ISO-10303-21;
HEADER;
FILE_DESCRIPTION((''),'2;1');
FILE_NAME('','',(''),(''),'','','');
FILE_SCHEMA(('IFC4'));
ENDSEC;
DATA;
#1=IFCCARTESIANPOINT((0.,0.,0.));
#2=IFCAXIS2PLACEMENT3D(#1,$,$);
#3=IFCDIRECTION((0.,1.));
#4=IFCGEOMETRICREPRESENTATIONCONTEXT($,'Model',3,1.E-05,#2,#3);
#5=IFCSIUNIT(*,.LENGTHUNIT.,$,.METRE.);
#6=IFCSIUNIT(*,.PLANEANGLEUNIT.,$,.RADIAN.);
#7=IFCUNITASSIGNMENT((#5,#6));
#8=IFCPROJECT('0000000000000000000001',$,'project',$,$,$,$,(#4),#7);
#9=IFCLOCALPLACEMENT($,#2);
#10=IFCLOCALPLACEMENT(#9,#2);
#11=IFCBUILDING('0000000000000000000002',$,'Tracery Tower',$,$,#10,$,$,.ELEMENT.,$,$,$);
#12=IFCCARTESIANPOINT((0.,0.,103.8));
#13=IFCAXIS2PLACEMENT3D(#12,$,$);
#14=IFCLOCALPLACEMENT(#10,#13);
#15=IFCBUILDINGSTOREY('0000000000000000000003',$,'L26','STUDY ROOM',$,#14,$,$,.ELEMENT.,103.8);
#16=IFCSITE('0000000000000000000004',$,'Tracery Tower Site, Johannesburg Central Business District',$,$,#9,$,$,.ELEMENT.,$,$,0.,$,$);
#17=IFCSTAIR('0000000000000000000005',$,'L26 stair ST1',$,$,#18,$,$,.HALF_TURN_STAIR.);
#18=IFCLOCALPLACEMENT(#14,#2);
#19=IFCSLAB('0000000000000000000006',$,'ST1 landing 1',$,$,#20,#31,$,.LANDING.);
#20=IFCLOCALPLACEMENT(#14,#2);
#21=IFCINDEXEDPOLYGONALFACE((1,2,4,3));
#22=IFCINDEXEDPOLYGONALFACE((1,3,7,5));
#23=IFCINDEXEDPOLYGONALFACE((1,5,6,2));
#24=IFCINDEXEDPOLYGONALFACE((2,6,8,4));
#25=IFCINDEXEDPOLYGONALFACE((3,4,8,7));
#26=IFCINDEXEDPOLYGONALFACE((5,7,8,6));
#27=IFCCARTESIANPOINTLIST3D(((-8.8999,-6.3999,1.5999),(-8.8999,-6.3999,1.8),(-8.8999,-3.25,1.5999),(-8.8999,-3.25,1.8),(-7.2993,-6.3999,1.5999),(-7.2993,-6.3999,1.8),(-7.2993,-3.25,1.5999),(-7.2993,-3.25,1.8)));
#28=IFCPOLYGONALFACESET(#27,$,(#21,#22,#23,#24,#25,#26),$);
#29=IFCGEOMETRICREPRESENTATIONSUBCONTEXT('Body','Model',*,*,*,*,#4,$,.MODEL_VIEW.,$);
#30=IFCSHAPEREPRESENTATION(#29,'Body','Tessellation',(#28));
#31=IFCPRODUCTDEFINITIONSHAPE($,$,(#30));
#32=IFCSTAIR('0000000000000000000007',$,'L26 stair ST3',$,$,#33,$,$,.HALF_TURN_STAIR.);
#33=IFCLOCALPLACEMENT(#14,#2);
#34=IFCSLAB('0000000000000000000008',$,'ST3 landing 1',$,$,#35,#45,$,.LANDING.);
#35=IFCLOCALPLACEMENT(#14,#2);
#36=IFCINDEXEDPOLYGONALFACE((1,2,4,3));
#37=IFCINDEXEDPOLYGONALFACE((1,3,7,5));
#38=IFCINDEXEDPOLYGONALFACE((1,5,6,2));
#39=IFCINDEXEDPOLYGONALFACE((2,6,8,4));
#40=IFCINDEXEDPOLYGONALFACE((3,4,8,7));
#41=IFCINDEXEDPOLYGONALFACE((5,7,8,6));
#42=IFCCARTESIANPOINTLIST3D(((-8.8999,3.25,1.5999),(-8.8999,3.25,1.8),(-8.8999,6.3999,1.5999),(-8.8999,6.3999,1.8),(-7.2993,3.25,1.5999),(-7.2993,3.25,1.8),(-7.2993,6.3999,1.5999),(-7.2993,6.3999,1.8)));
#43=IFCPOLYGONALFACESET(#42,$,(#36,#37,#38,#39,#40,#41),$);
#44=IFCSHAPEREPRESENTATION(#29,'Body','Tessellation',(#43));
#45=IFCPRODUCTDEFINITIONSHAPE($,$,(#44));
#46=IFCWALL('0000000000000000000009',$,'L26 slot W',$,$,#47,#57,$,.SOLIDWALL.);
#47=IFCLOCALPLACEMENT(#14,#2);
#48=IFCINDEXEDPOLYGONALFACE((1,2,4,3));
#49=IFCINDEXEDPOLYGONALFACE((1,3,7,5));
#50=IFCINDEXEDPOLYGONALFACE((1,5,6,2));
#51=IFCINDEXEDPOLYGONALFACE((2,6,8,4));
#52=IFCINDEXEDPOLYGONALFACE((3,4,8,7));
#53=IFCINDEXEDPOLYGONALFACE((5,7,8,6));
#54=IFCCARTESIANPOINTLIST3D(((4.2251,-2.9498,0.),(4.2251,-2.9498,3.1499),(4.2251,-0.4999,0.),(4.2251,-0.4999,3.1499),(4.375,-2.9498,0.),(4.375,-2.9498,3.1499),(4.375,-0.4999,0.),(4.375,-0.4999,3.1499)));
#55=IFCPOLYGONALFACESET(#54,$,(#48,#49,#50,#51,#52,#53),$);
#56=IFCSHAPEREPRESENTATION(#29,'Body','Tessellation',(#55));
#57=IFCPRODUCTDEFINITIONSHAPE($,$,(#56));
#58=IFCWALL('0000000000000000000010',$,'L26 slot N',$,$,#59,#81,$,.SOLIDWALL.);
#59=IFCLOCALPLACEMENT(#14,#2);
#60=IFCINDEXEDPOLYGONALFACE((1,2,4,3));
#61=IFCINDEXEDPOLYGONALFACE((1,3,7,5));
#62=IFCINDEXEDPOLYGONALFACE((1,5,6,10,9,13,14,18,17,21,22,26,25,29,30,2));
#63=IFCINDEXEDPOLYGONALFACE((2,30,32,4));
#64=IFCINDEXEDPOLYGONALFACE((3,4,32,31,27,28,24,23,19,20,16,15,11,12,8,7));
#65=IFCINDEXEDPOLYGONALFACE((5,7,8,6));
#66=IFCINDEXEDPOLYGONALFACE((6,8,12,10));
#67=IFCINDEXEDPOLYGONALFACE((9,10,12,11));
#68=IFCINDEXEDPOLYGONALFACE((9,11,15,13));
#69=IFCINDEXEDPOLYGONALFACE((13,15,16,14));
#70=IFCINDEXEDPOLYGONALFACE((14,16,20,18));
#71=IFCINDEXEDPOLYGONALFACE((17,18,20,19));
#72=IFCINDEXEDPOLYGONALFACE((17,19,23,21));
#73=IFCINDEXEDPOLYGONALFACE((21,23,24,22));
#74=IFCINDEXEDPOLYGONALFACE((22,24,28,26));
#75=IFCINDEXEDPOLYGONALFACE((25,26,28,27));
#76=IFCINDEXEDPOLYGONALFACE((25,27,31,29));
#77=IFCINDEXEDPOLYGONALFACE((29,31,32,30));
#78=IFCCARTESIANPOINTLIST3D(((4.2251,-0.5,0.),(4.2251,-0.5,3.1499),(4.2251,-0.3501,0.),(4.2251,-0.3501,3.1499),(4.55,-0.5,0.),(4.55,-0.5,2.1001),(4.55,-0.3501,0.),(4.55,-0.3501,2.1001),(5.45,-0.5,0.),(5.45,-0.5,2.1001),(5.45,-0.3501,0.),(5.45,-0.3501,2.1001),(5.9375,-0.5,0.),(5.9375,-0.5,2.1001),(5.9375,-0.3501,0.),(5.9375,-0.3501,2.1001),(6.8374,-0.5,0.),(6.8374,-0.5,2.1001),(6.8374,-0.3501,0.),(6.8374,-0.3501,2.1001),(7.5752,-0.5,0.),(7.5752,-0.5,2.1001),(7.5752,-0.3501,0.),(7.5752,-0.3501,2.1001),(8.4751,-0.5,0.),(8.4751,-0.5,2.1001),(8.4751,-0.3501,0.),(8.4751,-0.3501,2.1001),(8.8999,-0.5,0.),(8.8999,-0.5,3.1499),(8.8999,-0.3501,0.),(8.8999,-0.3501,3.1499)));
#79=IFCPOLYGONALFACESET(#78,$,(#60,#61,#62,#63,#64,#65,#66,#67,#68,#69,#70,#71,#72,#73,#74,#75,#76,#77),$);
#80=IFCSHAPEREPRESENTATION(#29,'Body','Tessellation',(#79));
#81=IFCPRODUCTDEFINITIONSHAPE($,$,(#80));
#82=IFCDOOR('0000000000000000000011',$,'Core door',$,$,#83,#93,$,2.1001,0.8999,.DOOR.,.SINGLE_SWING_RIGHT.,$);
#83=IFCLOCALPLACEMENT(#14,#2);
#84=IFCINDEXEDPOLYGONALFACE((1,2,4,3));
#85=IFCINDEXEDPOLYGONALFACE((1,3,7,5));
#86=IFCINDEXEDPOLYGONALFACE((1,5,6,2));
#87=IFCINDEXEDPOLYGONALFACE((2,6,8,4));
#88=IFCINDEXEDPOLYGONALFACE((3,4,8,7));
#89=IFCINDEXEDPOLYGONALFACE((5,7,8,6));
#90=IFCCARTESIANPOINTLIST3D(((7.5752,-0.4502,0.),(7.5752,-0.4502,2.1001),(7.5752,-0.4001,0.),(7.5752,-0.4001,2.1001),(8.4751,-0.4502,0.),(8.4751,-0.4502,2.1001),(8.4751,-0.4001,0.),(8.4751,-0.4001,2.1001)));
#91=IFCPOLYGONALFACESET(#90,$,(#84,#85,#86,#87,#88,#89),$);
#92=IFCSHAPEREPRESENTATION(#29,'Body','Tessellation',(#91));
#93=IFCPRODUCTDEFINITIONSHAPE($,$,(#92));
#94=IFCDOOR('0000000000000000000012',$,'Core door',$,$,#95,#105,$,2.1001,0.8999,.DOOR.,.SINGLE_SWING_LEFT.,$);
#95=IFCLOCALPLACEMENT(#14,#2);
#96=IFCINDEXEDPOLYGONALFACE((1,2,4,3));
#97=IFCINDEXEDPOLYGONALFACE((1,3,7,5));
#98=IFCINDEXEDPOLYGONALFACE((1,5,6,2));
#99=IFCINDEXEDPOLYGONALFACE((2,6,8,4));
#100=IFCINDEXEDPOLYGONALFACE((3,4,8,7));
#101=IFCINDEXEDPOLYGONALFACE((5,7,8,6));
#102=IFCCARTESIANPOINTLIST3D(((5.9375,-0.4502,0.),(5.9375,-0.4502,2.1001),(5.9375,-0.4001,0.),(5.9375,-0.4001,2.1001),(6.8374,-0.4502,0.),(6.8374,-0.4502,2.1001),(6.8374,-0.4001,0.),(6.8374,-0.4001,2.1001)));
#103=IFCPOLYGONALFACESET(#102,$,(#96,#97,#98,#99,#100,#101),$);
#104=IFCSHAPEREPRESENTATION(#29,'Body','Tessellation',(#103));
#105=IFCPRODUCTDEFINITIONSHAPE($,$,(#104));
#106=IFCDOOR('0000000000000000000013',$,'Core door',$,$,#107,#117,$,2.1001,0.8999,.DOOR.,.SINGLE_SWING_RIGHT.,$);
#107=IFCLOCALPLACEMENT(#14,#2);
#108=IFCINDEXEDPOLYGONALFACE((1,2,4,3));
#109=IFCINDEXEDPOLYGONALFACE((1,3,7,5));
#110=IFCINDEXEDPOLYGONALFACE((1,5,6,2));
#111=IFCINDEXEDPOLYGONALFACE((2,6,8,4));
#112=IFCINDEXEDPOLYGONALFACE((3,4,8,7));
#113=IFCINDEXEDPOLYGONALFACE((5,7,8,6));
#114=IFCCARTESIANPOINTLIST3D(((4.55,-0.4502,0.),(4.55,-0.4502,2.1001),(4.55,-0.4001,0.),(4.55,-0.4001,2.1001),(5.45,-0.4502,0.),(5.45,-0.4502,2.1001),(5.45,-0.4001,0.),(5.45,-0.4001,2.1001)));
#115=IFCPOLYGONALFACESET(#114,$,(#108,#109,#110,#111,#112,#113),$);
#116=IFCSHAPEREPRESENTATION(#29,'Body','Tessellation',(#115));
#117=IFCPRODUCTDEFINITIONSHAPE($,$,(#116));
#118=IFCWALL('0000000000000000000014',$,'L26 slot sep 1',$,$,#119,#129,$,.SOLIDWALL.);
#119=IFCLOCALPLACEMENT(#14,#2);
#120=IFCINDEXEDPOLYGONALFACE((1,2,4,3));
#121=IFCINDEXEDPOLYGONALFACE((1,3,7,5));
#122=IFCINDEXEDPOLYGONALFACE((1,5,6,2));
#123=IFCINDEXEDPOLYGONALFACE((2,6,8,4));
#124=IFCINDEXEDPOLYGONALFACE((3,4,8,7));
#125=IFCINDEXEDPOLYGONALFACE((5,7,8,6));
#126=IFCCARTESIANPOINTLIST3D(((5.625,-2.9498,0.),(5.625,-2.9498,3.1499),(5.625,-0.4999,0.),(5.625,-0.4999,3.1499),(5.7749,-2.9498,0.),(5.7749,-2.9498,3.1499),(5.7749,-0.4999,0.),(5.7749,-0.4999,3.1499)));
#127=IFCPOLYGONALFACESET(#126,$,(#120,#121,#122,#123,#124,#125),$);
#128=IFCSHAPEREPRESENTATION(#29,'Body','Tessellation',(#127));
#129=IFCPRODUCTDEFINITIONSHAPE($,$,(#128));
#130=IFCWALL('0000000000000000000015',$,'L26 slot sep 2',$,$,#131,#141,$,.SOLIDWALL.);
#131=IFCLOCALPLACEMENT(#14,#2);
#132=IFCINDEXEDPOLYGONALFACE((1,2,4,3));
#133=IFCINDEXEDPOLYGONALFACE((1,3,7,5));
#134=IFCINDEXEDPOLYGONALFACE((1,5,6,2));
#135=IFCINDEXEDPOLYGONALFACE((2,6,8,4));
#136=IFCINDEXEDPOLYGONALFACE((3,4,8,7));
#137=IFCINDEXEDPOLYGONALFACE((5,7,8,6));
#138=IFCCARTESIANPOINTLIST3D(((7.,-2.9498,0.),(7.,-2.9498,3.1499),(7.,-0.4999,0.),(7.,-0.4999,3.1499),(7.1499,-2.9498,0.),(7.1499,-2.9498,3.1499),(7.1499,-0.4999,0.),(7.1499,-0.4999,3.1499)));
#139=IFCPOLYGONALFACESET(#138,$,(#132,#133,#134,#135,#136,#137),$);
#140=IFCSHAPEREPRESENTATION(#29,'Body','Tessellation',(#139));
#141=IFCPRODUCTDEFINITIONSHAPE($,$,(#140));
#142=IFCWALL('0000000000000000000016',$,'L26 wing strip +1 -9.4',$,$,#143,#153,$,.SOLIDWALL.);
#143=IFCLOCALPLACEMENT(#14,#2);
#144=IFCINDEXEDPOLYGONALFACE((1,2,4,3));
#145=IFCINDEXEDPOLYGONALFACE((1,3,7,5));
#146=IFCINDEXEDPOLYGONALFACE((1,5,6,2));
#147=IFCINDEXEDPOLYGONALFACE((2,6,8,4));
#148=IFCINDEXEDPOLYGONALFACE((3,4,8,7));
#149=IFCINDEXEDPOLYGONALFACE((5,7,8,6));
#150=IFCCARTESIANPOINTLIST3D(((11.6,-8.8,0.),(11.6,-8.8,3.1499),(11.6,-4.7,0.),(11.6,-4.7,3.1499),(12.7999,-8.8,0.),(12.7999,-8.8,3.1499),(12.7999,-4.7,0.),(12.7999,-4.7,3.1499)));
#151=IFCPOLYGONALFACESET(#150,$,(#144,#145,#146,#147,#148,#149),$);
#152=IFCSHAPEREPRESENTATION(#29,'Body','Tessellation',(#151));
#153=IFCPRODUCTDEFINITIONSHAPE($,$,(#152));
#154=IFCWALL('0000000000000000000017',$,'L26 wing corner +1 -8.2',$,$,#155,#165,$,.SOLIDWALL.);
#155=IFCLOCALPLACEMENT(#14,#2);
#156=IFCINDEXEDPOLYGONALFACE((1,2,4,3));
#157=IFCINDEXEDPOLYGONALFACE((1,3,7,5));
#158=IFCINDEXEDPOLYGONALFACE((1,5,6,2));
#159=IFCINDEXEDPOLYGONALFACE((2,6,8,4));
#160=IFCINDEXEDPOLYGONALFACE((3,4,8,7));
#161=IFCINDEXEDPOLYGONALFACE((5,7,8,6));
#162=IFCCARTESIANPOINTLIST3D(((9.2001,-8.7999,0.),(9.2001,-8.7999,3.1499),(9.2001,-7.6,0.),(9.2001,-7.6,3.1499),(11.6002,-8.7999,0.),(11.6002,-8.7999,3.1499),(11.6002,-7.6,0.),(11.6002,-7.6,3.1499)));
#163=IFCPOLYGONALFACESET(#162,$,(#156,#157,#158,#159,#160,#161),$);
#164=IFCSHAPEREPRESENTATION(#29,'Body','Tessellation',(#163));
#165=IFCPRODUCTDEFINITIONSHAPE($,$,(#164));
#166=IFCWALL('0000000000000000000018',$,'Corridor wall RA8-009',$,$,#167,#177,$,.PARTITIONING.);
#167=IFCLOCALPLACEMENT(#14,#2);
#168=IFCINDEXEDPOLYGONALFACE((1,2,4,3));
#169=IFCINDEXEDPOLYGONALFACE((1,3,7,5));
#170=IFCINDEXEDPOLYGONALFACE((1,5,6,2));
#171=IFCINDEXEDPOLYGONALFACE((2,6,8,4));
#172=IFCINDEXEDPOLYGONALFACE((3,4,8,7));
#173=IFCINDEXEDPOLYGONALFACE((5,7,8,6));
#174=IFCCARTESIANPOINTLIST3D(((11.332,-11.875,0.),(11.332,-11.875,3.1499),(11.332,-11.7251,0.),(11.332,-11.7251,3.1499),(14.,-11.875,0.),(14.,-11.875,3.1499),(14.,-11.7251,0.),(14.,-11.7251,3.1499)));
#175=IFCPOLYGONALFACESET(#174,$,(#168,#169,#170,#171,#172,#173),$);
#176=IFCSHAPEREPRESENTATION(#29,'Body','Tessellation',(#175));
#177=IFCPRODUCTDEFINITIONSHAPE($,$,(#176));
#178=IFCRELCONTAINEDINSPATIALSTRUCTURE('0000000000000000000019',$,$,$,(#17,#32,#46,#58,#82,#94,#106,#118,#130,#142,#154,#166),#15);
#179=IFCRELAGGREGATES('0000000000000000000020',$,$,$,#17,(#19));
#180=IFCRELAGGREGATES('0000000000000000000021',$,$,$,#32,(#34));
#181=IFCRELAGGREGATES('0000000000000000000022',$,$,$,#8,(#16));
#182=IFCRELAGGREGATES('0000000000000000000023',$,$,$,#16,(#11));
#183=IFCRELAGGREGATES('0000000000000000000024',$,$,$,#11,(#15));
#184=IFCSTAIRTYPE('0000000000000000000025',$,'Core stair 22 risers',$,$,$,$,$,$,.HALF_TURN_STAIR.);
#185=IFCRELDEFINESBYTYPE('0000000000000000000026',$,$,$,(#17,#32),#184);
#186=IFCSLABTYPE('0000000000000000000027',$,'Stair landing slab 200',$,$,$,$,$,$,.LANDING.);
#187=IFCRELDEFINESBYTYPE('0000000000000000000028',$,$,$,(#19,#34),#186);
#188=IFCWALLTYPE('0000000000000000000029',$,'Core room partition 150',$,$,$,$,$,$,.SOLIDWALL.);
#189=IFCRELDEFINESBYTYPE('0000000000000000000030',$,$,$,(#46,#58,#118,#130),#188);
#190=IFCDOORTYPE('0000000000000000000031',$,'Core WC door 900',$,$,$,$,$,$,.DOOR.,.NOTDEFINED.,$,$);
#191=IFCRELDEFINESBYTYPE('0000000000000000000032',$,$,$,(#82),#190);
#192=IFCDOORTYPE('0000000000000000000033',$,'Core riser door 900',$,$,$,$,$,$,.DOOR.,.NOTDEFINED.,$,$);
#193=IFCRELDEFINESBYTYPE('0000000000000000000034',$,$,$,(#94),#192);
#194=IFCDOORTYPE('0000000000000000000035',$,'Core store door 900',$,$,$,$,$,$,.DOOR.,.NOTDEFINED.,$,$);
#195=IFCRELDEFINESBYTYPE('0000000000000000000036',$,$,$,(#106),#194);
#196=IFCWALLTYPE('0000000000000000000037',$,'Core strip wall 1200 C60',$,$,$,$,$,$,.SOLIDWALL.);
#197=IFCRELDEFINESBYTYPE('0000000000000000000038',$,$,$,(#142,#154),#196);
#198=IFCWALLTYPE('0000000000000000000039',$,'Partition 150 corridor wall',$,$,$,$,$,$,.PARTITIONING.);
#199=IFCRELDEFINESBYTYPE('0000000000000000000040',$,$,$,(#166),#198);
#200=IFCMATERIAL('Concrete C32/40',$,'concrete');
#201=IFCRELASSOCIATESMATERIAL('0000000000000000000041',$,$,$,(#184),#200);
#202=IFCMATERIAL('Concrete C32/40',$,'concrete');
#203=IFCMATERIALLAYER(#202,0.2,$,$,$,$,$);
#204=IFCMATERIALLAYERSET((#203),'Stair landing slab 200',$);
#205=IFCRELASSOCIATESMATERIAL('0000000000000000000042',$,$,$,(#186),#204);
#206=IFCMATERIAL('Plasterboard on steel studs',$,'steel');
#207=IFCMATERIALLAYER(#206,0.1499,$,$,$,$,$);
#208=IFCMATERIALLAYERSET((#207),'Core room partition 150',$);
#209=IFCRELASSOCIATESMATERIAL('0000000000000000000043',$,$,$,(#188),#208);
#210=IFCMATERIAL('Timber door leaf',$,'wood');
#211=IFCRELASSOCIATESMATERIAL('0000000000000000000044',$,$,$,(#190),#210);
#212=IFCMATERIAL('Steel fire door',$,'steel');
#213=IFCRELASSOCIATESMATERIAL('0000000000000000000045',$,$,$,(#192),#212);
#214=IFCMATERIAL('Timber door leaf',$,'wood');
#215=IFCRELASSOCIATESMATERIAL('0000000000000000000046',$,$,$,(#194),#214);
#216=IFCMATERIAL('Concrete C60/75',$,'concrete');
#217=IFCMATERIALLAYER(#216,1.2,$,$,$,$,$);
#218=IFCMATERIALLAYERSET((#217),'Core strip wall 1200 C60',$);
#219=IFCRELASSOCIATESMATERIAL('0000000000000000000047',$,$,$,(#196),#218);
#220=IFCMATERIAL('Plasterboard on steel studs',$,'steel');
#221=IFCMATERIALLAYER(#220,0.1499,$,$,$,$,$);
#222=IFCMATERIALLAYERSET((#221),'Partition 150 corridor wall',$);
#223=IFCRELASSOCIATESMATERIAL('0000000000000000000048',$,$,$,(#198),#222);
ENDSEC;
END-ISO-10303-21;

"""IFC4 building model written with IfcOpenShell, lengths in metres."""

from ifc_helpers import new_model, si_unit, direction, frame, frame_2d, origin, place, context, subcontext, project, spatial, polyline, rectangle, outline, extrude, material, layer, layer_set, type_object, element, fill, aggregate, save


model = new_model("IFC4")

# Units and contexts
model_context = context("Model", 3, precision=1e-05, world=origin(), true_north=direction((0.0, 1.0)))
body_context = subcontext(model_context, "Body", "Model", "MODEL_VIEW")
ifc_project = project(units=[si_unit("LENGTHUNIT", "METRE"), si_unit("PLANEANGLEUNIT", "RADIAN")], contexts=[model_context])

# Site, building, storey
site_placement = place(None, origin())
site = spatial("IfcSite", under=ifc_project, at=site_placement, Name="Tracery Tower Site, Johannesburg Central Business District", CompositionType="ELEMENT", RefElevation=0.0)
building_placement = place(site_placement, origin())
building = spatial("IfcBuilding", under=site, at=building_placement, Name="Tracery Tower", CompositionType="ELEMENT")
storey_placement = place(building_placement, frame((0.0, 0.0, 103.8)))
storey = spatial("IfcBuildingStorey", under=building, at=storey_placement, Name="L26", Description="STUDY ROOM", CompositionType="ELEMENT", Elevation=103.8)

# Stairs, slabs
ifc_material_1 = material(Name="Concrete C32/40", Category="concrete")
stair_type = type_object("IfcStairType", Name="Core stair 22 risers", PredefinedType="HALF_TURN_STAIR", material=ifc_material_1)
stair_1_placement = place(storey_placement, origin())
stair_1 = element("IfcStair", 1, at=stair_1_placement, inside=storey, type_object=stair_type, Name="L26 stair ST1", PredefinedType="HALF_TURN_STAIR")
ifc_material_2 = material(Name="Concrete C32/40", Category="concrete")
ifc_layer_1 = layer(ifc_material_2, 0.2)
ifc_layer_set_1 = layer_set([ifc_layer_1], Name="Stair landing slab 200")
slab_type_1 = type_object("IfcSlabType", Name="Stair landing slab 200", PredefinedType="LANDING", material=ifc_layer_set_1)
slab_1_placement = place(storey_placement, frame((0.0, 0.0, 1.5999)))
slab_1 = element("IfcSlab", 2, at=slab_1_placement, type_object=slab_type_1, Name="ST1 landing 1", PredefinedType="LANDING", context=body_context, shape_type="SweptSolid", body=[
    extrude(outline(polyline([(-7.2993, -3.25), (-8.8999, -3.25), (-8.8999, -6.3999), (-7.2993, -6.3999), (-7.2993, -3.25)])), origin(), (0.0, 0.0, 1.0), 0.2002),
])
aggregate(stair_1, [slab_1])
stair_2_placement = place(storey_placement, origin())
stair_2 = element("IfcStair", 3, at=stair_2_placement, inside=storey, type_object=stair_type, Name="L26 stair ST3", PredefinedType="HALF_TURN_STAIR")
slab_2_placement = place(storey_placement, frame((0.0, 0.0, 1.5999)))
slab_2 = element("IfcSlab", 4, at=slab_2_placement, type_object=slab_type_1, Name="ST3 landing 1", PredefinedType="LANDING", context=body_context, shape_type="SweptSolid", body=[
    extrude(outline(polyline([(-7.2993, 6.3999), (-8.8999, 6.3999), (-8.8999, 3.25), (-7.2993, 3.25), (-7.2993, 6.3999)])), origin(), (0.0, 0.0, 1.0), 0.2002),
])
aggregate(stair_2, [slab_2])

# Wall
ifc_material_3 = material(Name="Plasterboard on steel studs", Category="steel")
ifc_layer_2 = layer(ifc_material_3, 0.1499)
ifc_layer_set_2 = layer_set([ifc_layer_2], Name="Core room partition 150")
wall_type_1 = type_object("IfcWallType", Name="Core room partition 150", PredefinedType="SOLIDWALL", material=ifc_layer_set_2)
wall_1_placement = place(storey_placement, frame((4.3, -2.95, 0.0), z_axis=(0.0, 0.0, 1.0), x_axis=(0.0, 1.0, 0.0)))
element("IfcWall", 5, at=wall_1_placement, inside=storey, type_object=wall_type_1, Name="L26 slot W", PredefinedType="SOLIDWALL", context=body_context, shape_type="SweptSolid", body=[
    extrude(rectangle(XDim=2.45, YDim=0.1499, at=frame_2d((1.2251, 0.0))), origin(), (0.0, 0.0, 1.0), 3.1499),
])

# Wall, openings, doors
wall_2_placement = place(storey_placement, frame((4.2251, -0.425, 0.0), z_axis=(0.0, 0.0, 1.0), x_axis=(1.0, 0.0, 0.0)))
wall_2 = element("IfcWall", 6, at=wall_2_placement, inside=storey, type_object=wall_type_1, Name="L26 slot N", PredefinedType="SOLIDWALL", context=body_context, shape_type="SweptSolid", body=[
    extrude(rectangle(XDim=4.6748, YDim=0.1499, at=frame_2d((2.3374, 0.0))), origin(), (0.0, 0.0, 1.0), 3.1499),
])
opening_1_placement = place(wall_2_placement, frame((0.325, 0.0, 0.0)))
opening_1 = element("IfcOpeningElement", 7, at=opening_1_placement, cuts=wall_2, PredefinedType="OPENING", context=body_context, shape_type="SweptSolid", body=[
    extrude(rectangle(XDim=0.8999, YDim=2.1001, at=frame_2d((0.45, 1.05))), frame((0.0, 0.075, 0.0), z_axis=(0.0, -1.0, 0.0), x_axis=(1.0, 0.0, 0.0)), (0.0, 0.0, 1.0), 0.1499),
])
opening_2_placement = place(wall_2_placement, frame((1.7124, 0.0, 0.0)))
opening_2 = element("IfcOpeningElement", 8, at=opening_2_placement, cuts=wall_2, PredefinedType="OPENING", context=body_context, shape_type="SweptSolid", body=[
    extrude(rectangle(XDim=0.8999, YDim=2.1001, at=frame_2d((0.45, 1.05))), frame((0.0, 0.075, 0.0), z_axis=(0.0, -1.0, 0.0), x_axis=(1.0, 0.0, 0.0)), (0.0, 0.0, 1.0), 0.1499),
])
opening_3_placement = place(wall_2_placement, frame((3.3501, 0.0, 0.0)))
opening_3 = element("IfcOpeningElement", 9, at=opening_3_placement, cuts=wall_2, PredefinedType="OPENING", context=body_context, shape_type="SweptSolid", body=[
    extrude(rectangle(XDim=0.8999, YDim=2.1001, at=frame_2d((0.45, 1.05))), frame((0.0, 0.075, 0.0), z_axis=(0.0, -1.0, 0.0), x_axis=(1.0, 0.0, 0.0)), (0.0, 0.0, 1.0), 0.1499),
])
ifc_material_4 = material(Name="Timber door leaf", Category="wood")
door_type_1 = type_object("IfcDoorType", Name="Core WC door 900", OperationType="NOTDEFINED", PredefinedType="DOOR", material=ifc_material_4)
door_1_placement = place(opening_3_placement, origin())
door_1 = element("IfcDoor", 10, at=door_1_placement, inside=storey, type_object=door_type_1, Name="Core door", OperationType="SINGLE_SWING_RIGHT", OverallHeight=2.1001, OverallWidth=0.8999, PredefinedType="DOOR", context=body_context, shape_type="SweptSolid", body=[
    extrude(rectangle(XDim=0.8999, YDim=2.1001, at=frame_2d((0.45, 1.05))), frame((0.0, 0.0249, 0.0), z_axis=(0.0, -1.0, 0.0), x_axis=(1.0, 0.0, 0.0)), (0.0, 0.0, 1.0), 0.05),
])
fill(opening_3, door_1)
ifc_material_5 = material(Name="Steel fire door", Category="steel")
door_type_2 = type_object("IfcDoorType", Name="Core riser door 900", OperationType="NOTDEFINED", PredefinedType="DOOR", material=ifc_material_5)
door_2_placement = place(opening_2_placement, origin())
door_2 = element("IfcDoor", 11, at=door_2_placement, inside=storey, type_object=door_type_2, Name="Core door", OperationType="SINGLE_SWING_LEFT", OverallHeight=2.1001, OverallWidth=0.8999, PredefinedType="DOOR", context=body_context, shape_type="SweptSolid", body=[
    extrude(rectangle(XDim=0.8999, YDim=2.1001, at=frame_2d((0.45, 1.05))), frame((0.0, 0.0249, 0.0), z_axis=(0.0, -1.0, 0.0), x_axis=(1.0, 0.0, 0.0)), (0.0, 0.0, 1.0), 0.05),
])
fill(opening_2, door_2)
ifc_material_6 = material(Name="Timber door leaf", Category="wood")
door_type_3 = type_object("IfcDoorType", Name="Core store door 900", OperationType="NOTDEFINED", PredefinedType="DOOR", material=ifc_material_6)
door_3_placement = place(opening_1_placement, origin())
door_3 = element("IfcDoor", 12, at=door_3_placement, inside=storey, type_object=door_type_3, Name="Core door", OperationType="SINGLE_SWING_RIGHT", OverallHeight=2.1001, OverallWidth=0.8999, PredefinedType="DOOR", context=body_context, shape_type="SweptSolid", body=[
    extrude(rectangle(XDim=0.8999, YDim=2.1001, at=frame_2d((0.45, 1.05))), frame((0.0, 0.0249, 0.0), z_axis=(0.0, -1.0, 0.0), x_axis=(1.0, 0.0, 0.0)), (0.0, 0.0, 1.0), 0.05),
])
fill(opening_1, door_3)

# Walls
for number, where, z_axis, x_axis, name in (
    (13, (5.7, -2.95, 0.0), (0.0, 0.0, 1.0), (0.0, 1.0, 0.0), "L26 slot sep 1"),
    (14, (7.075, -2.95, 0.0), (0.0, 0.0, 1.0), (0.0, 1.0, 0.0), "L26 slot sep 2"),
):
    element("IfcWall", number, at=place(storey_placement, frame(where, z_axis=z_axis, x_axis=x_axis)), inside=storey, type_object=wall_type_1, Name=name, PredefinedType="SOLIDWALL", context=body_context, shape_type="SweptSolid", body=[
        extrude(rectangle(XDim=2.45, YDim=0.1499, at=frame_2d((1.2251, 0.0))), origin(), (0.0, 0.0, 1.0), 3.1499),
    ])
ifc_material_7 = material(Name="Concrete C60/75", Category="concrete")
ifc_layer_3 = layer(ifc_material_7, 1.2)
ifc_layer_set_3 = layer_set([ifc_layer_3], Name="Core strip wall 1200 C60")
wall_type_2 = type_object("IfcWallType", Name="Core strip wall 1200 C60", PredefinedType="SOLIDWALL", material=ifc_layer_set_3)
wall_3_placement = place(storey_placement, frame((12.2, -8.8, 0.0), z_axis=(0.0, 0.0, 1.0), x_axis=(0.0, 1.0, 0.0)))
element("IfcWall", 15, at=wall_3_placement, inside=storey, type_object=wall_type_2, Name="L26 wing strip +1 -9.4", PredefinedType="SOLIDWALL", context=body_context, shape_type="SweptSolid", body=[
    extrude(rectangle(XDim=4.1001, YDim=1.2, at=frame_2d((2.05, 0.0))), origin(), (0.0, 0.0, 1.0), 3.1499),
])
wall_4_placement = place(storey_placement, frame((9.2, -8.2, 0.0), z_axis=(0.0, 0.0, 1.0), x_axis=(1.0, 0.0, 0.0)))
element("IfcWall", 16, at=wall_4_placement, inside=storey, type_object=wall_type_2, Name="L26 wing corner +1 -8.2", PredefinedType="SOLIDWALL", context=body_context, shape_type="SweptSolid", body=[
    extrude(rectangle(XDim=2.4001, YDim=1.2, at=frame_2d((1.2002, 0.0))), origin(), (0.0, 0.0, 1.0), 3.1499),
])
ifc_material_8 = material(Name="Plasterboard on steel studs", Category="steel")
ifc_layer_4 = layer(ifc_material_8, 0.1499)
ifc_layer_set_4 = layer_set([ifc_layer_4], Name="Partition 150 corridor wall")
wall_type_3 = type_object("IfcWallType", Name="Partition 150 corridor wall", PredefinedType="PARTITIONING", material=ifc_layer_set_4)
wall_5_placement = place(storey_placement, frame((11.332, -11.8, 0.0), z_axis=(0.0, 0.0, 1.0), x_axis=(1.0, 0.0, 0.0)))
element("IfcWall", 17, at=wall_5_placement, inside=storey, type_object=wall_type_3, Name="Corridor wall RA8-009", PredefinedType="PARTITIONING", context=body_context, shape_type="SweptSolid", body=[
    extrude(rectangle(XDim=2.668, YDim=0.1499, at=frame_2d((1.334, 0.0))), origin(), (0.0, 0.0, 1.0), 3.1499),
])

save(model, "model.ifc")
